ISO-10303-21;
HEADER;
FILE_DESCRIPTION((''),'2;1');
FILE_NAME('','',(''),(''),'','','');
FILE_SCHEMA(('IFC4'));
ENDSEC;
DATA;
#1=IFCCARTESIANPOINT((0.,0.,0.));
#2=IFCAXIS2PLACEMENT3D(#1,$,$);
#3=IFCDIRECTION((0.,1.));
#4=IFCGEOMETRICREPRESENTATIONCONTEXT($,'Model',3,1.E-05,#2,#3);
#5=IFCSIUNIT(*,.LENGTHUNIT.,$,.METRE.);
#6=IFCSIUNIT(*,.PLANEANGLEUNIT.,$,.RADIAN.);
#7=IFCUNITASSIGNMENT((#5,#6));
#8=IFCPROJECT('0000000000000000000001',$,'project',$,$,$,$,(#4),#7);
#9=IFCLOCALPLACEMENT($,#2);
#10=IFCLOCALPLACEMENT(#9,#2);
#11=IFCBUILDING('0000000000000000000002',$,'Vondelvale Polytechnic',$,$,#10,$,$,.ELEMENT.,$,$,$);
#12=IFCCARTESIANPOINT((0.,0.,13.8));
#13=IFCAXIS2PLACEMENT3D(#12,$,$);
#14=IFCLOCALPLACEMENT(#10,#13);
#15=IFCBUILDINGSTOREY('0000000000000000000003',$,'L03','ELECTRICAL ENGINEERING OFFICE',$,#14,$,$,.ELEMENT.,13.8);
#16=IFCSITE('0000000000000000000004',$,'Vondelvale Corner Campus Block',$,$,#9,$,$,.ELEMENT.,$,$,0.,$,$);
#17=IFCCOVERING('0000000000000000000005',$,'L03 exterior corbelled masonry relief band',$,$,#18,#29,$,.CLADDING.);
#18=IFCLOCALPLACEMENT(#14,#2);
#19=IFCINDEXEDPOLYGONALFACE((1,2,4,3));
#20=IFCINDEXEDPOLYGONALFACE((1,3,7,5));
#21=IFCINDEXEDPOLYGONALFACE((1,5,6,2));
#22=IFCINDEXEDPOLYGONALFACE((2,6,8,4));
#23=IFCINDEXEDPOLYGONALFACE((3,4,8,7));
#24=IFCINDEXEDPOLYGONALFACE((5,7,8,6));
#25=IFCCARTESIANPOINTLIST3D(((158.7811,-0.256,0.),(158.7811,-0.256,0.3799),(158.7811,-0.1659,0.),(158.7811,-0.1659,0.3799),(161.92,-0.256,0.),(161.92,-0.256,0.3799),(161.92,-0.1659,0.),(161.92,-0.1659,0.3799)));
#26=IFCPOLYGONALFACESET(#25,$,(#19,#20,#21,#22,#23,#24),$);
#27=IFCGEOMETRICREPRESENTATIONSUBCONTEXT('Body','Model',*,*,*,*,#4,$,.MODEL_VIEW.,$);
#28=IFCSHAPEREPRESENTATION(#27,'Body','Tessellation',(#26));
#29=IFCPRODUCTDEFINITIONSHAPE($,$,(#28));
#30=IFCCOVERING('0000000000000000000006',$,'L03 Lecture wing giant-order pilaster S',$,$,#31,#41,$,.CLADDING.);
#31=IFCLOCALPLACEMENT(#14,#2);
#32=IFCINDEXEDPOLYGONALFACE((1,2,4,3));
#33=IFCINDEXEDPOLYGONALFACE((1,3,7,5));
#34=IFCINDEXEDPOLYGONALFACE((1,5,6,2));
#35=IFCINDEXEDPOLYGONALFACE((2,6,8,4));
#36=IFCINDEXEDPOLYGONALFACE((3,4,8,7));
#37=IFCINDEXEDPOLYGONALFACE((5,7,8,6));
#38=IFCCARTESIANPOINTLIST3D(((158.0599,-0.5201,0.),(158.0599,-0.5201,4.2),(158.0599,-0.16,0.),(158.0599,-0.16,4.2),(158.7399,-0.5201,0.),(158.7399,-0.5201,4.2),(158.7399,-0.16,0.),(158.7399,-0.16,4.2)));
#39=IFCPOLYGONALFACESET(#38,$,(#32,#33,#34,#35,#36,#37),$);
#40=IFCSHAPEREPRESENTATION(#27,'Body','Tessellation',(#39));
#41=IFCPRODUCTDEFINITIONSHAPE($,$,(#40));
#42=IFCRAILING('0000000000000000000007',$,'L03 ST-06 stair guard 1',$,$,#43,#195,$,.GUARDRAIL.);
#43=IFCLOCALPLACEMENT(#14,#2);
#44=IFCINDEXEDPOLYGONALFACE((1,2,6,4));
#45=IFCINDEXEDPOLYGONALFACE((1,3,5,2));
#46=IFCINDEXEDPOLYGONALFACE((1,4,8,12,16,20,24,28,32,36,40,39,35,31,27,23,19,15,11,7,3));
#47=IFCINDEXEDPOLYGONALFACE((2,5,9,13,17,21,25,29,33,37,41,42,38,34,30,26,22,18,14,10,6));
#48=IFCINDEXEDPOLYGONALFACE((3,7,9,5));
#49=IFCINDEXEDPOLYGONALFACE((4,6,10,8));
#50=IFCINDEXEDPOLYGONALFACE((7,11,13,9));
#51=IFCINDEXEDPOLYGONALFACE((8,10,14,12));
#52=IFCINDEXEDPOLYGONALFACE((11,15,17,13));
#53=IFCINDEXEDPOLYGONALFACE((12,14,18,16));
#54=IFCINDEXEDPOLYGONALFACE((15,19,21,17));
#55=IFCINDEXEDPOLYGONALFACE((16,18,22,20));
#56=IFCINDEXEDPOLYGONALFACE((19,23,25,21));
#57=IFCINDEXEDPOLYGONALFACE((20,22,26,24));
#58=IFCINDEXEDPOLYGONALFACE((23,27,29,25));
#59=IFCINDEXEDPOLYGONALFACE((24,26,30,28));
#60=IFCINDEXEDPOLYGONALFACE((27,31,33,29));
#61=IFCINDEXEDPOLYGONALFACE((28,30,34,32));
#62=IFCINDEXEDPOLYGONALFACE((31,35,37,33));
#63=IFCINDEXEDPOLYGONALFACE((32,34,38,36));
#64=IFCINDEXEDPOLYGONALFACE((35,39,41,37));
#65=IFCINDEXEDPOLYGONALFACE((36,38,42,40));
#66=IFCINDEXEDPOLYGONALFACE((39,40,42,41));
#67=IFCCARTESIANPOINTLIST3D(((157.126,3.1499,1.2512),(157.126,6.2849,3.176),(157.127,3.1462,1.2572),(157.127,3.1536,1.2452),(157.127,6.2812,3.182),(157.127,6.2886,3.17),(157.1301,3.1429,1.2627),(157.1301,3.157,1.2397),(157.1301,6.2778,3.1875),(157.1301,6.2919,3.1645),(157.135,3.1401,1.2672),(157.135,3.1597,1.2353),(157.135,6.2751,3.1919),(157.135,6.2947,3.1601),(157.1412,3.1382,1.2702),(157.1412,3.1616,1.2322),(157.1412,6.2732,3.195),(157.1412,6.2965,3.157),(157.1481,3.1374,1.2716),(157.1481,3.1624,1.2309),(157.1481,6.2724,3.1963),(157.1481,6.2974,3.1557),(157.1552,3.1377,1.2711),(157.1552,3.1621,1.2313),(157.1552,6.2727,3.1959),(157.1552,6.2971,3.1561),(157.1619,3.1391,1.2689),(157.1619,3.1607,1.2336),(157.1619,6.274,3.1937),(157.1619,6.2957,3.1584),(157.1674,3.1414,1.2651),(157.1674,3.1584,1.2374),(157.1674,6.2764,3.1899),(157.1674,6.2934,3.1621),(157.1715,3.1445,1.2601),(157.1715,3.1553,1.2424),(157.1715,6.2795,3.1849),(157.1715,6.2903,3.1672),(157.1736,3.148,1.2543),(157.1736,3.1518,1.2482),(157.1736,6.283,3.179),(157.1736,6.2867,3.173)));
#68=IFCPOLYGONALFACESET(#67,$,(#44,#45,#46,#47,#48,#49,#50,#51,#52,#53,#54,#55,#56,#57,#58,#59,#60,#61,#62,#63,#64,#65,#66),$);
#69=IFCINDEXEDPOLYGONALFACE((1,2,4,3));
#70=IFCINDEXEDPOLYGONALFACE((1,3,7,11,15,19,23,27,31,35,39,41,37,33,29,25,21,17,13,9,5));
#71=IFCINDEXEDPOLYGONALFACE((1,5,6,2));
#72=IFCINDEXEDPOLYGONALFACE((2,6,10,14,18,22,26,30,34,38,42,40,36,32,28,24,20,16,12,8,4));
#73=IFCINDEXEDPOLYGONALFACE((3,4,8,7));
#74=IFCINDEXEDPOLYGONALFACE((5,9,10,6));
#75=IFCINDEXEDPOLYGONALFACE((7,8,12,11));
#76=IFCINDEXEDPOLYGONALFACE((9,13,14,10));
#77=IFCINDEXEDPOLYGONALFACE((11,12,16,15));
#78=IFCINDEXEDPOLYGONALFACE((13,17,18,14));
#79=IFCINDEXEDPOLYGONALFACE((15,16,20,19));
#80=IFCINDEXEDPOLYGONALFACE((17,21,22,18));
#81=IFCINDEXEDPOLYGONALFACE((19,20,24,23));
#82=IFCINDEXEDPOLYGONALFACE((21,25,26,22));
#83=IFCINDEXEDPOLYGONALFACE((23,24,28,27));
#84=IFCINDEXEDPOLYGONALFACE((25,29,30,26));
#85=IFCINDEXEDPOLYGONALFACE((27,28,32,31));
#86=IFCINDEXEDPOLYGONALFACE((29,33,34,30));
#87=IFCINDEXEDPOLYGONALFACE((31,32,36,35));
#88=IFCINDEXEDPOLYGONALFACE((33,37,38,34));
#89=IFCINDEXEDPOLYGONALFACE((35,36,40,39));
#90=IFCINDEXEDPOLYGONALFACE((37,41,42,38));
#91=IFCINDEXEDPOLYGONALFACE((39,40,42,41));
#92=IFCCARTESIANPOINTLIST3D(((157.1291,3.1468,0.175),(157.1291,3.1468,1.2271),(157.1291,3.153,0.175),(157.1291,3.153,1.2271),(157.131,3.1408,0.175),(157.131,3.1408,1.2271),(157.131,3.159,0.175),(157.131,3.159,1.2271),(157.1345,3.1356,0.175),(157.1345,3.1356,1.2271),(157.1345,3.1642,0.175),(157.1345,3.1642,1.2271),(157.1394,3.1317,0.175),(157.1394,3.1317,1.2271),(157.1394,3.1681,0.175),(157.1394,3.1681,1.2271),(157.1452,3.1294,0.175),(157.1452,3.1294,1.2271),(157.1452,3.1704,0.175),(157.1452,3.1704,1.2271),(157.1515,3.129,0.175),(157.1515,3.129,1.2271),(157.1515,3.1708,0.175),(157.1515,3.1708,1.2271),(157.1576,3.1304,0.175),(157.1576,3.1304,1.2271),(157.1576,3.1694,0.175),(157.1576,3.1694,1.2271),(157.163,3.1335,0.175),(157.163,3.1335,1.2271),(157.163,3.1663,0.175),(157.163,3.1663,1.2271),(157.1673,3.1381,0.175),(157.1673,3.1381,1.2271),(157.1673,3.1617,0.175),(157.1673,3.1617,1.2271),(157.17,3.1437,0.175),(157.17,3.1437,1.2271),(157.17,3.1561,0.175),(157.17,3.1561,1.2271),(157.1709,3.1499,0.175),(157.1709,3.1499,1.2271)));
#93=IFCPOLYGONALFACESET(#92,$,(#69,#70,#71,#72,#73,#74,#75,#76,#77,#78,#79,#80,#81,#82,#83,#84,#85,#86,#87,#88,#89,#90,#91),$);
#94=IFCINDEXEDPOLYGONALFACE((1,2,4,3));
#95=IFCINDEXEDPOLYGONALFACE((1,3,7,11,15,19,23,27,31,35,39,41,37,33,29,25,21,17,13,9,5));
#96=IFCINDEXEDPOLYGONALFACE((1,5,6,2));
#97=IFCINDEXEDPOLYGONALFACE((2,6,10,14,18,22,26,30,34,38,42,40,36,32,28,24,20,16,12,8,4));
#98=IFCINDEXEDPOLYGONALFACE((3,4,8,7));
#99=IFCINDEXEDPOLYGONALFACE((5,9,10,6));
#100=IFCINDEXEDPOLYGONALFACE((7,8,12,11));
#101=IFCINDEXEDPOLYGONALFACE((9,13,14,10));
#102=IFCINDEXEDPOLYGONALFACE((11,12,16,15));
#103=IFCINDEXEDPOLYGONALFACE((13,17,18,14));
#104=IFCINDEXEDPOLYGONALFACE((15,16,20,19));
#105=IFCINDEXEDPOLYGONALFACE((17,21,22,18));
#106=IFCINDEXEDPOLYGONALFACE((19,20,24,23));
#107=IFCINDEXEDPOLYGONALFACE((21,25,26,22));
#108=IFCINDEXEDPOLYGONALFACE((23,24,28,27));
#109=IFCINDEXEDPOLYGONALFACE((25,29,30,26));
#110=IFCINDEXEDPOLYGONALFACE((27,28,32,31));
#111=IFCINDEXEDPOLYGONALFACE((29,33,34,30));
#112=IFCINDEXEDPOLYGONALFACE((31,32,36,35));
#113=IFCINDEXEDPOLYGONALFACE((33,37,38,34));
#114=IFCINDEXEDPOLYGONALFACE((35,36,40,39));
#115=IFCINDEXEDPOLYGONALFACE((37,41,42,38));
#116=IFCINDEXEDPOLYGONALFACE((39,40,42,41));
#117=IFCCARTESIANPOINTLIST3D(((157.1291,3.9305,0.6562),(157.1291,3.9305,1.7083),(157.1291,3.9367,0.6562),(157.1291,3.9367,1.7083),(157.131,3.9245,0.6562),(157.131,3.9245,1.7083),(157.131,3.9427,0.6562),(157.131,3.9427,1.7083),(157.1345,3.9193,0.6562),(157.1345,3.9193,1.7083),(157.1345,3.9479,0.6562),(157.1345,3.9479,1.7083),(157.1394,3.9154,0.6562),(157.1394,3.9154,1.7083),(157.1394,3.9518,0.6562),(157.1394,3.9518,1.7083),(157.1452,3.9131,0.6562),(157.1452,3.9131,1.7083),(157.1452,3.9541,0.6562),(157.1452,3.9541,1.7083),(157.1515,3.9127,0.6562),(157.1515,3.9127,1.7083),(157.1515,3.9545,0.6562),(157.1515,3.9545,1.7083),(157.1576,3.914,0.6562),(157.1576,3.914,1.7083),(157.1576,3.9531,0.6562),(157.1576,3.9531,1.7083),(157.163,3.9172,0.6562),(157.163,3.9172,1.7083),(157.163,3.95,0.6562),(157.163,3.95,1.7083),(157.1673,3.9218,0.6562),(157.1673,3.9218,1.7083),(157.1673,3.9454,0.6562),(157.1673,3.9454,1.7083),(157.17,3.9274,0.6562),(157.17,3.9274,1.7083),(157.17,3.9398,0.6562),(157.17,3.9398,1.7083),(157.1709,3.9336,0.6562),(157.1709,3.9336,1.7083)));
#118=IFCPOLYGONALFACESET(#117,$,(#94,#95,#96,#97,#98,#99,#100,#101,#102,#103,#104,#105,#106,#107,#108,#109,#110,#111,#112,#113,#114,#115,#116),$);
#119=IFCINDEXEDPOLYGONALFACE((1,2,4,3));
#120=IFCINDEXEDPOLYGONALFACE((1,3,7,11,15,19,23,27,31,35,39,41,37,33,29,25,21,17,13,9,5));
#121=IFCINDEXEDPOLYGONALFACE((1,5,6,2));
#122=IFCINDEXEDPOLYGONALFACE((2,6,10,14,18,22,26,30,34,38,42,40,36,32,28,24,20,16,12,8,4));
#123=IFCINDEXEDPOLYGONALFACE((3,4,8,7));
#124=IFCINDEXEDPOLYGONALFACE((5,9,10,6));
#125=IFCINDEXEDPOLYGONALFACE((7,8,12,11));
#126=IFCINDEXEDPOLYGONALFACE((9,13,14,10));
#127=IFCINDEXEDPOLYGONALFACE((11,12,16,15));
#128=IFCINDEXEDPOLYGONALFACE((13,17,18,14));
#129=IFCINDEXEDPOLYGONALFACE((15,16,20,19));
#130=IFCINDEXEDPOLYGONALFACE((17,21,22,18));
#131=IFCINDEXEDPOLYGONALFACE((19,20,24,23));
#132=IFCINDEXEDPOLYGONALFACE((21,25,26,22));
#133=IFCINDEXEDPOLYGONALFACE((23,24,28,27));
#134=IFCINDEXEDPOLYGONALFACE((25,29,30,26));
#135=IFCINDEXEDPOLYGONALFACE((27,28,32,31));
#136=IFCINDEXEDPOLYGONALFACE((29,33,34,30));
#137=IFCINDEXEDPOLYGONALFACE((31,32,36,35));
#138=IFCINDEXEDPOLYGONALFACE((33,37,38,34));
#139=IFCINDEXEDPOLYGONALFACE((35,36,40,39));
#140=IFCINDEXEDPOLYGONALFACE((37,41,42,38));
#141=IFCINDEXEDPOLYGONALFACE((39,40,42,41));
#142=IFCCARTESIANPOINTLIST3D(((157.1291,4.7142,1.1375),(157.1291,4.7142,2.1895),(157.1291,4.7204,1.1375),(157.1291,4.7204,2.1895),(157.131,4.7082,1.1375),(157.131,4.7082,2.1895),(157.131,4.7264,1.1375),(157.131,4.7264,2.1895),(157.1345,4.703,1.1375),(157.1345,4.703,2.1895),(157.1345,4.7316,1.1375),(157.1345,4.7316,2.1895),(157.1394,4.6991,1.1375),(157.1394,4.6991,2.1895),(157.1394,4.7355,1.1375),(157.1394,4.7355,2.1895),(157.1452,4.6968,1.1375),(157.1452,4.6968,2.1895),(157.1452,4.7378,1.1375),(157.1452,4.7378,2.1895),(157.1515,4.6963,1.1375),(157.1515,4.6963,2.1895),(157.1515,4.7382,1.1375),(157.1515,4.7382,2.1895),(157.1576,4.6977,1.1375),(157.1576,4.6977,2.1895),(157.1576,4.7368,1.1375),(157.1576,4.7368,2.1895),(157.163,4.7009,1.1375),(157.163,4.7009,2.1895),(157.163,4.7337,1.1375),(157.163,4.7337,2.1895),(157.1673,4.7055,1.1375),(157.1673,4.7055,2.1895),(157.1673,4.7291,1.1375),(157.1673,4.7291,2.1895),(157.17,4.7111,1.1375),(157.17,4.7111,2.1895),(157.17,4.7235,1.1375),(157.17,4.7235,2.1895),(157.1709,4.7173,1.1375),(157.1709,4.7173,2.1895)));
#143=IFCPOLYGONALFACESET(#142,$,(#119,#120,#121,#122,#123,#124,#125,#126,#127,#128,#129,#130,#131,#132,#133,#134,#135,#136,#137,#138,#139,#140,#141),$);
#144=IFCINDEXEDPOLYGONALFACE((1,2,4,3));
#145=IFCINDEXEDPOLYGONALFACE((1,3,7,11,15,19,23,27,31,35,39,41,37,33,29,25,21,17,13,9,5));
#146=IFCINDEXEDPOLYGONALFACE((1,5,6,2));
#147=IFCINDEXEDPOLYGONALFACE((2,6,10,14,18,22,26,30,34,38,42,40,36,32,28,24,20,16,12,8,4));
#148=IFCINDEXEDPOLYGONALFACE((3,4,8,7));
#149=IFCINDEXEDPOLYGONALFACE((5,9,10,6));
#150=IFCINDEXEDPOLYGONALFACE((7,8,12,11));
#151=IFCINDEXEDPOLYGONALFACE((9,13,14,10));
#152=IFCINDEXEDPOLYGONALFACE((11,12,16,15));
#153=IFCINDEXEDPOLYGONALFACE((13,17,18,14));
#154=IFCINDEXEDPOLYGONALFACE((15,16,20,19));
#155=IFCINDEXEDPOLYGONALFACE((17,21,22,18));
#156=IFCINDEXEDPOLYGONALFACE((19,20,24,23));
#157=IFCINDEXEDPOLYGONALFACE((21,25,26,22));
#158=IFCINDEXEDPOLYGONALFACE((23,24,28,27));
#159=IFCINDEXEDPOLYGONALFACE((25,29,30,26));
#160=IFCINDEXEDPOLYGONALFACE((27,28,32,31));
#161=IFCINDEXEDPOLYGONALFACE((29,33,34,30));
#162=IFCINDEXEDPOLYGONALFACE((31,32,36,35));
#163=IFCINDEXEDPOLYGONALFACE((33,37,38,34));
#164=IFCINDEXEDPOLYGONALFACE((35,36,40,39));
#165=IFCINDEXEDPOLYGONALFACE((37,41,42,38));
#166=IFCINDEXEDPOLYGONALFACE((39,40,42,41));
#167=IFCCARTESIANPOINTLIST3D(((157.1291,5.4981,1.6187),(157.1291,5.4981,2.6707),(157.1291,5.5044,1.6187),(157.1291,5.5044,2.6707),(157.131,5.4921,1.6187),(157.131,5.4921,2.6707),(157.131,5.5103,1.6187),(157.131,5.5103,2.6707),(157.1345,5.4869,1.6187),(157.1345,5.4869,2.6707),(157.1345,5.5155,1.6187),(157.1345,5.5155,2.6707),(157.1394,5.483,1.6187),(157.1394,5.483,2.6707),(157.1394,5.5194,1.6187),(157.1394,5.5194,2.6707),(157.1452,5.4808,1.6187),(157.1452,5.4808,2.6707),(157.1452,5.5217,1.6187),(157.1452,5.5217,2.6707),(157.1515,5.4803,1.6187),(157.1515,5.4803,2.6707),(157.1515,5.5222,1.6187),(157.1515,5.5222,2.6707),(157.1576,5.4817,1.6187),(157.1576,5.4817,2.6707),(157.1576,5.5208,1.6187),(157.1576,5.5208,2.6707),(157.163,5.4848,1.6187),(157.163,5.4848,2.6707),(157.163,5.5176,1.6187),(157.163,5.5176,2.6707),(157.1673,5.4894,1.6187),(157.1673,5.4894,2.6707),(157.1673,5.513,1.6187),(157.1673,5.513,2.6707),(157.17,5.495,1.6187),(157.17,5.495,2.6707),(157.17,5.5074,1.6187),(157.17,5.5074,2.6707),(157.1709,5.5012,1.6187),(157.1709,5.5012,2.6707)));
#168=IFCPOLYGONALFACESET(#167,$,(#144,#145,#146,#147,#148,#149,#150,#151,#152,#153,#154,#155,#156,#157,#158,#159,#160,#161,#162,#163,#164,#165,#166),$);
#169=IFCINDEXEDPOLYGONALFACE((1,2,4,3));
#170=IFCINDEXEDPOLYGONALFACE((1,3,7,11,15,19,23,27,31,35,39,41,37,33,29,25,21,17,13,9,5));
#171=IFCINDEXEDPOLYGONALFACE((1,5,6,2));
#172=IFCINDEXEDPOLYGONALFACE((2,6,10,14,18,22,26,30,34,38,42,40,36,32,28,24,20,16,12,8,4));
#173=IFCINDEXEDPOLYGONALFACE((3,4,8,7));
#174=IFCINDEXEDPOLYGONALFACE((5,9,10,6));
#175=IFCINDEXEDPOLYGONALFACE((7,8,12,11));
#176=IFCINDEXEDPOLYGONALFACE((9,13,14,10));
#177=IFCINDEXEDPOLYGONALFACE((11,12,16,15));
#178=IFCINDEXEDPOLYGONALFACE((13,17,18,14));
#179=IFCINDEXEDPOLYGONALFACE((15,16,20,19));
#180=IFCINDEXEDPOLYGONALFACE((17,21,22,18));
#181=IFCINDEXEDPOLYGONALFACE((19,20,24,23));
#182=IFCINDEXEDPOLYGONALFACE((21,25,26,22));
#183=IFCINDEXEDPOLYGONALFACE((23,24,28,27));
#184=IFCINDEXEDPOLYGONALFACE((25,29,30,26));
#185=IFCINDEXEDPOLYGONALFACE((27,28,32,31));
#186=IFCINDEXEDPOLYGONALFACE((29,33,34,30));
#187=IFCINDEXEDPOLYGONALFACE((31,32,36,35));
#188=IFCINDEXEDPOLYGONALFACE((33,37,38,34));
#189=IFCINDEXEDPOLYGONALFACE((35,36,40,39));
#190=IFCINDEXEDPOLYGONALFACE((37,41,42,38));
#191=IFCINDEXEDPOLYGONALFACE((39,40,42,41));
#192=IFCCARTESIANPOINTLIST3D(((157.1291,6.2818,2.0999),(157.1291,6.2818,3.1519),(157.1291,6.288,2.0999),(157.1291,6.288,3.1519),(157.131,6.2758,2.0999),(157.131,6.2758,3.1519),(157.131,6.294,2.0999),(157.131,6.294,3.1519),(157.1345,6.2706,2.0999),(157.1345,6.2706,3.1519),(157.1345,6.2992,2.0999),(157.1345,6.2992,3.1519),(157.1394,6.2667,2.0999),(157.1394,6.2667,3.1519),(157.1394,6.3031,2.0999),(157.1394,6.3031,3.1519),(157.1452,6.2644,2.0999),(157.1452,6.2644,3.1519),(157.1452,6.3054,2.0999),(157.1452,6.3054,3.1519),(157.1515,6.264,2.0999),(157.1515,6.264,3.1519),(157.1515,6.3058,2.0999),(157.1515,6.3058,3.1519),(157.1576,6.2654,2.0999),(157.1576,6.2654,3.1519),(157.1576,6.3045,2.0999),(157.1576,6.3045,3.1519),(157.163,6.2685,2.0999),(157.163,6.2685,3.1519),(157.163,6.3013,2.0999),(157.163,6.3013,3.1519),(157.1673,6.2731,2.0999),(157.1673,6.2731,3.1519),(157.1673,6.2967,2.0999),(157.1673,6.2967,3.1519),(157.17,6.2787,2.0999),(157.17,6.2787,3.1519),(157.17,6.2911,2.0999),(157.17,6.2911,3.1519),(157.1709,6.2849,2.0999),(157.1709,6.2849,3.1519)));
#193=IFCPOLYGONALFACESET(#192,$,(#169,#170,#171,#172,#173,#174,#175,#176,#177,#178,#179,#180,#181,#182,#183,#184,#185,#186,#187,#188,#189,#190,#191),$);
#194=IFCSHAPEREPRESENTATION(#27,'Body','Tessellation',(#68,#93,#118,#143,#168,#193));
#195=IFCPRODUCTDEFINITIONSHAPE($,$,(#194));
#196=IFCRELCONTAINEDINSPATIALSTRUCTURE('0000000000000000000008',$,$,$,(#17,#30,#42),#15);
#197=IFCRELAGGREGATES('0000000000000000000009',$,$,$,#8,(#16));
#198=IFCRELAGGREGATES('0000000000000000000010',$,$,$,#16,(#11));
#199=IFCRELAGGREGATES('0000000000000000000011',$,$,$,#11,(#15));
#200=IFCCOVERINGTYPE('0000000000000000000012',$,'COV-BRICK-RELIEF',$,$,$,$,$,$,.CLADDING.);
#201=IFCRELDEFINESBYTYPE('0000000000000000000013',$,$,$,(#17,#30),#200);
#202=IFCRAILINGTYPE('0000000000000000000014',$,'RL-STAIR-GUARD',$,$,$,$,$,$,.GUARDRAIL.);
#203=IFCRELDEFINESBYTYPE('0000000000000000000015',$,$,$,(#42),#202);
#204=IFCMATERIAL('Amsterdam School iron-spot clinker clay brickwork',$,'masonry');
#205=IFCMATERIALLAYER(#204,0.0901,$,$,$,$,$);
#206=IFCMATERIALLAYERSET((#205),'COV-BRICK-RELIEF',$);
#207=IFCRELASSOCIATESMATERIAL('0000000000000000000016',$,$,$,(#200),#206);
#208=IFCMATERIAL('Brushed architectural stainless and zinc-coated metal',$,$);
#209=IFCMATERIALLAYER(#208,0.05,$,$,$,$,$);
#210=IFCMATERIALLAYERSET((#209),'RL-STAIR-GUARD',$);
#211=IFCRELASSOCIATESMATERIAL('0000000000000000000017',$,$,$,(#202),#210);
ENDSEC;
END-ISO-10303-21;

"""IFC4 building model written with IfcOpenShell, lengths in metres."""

from ifc_helpers import new_model, si_unit, direction, frame, origin, origin_2d, place, context, subcontext, project, spatial, rectangle, circle, extrude, material, layer, layer_set, type_object, element, save


model = new_model("IFC4")

# Units and contexts
model_context = context("Model", 3, precision=1e-05, world=origin(), true_north=direction((0.0, 1.0)))
body_context = subcontext(model_context, "Body", "Model", "MODEL_VIEW")
ifc_project = project(units=[si_unit("LENGTHUNIT", "METRE"), si_unit("PLANEANGLEUNIT", "RADIAN")], contexts=[model_context])

# Site, building, storey
site_placement = place(None, origin())
site = spatial("IfcSite", under=ifc_project, at=site_placement, Name="Vondelvale Corner Campus Block", CompositionType="ELEMENT", RefElevation=0.0)
building_placement = place(site_placement, origin())
building = spatial("IfcBuilding", under=site, at=building_placement, Name="Vondelvale Polytechnic", CompositionType="ELEMENT")
storey_placement = place(building_placement, frame((0.0, 0.0, 13.8)))
storey = spatial("IfcBuildingStorey", under=building, at=storey_placement, Name="L03", Description="ELECTRICAL ENGINEERING OFFICE", CompositionType="ELEMENT", Elevation=13.8)

# Shared definitions
ifc_material_1 = material(Name="Amsterdam School iron-spot clinker clay brickwork", Category="masonry")

# Shared definitions
ifc_material_2 = material(Name="Brushed architectural stainless and zinc-coated metal")

# Coverings
ifc_layer_1 = layer(ifc_material_1, 0.0901)
ifc_layer_set_1 = layer_set([ifc_layer_1], Name="COV-BRICK-RELIEF")
covering_type = type_object("IfcCoveringType", Name="COV-BRICK-RELIEF", PredefinedType="CLADDING", material=ifc_layer_set_1)
covering_1_placement = place(storey_placement, frame((160.3506, -0.2109, 0.0), z_axis=(0.0, 0.0, 1.0), x_axis=(-1.0, 0.0, 0.0)))
element("IfcCovering", 1, at=covering_1_placement, inside=storey, type_object=covering_type, Name="L03 exterior corbelled masonry relief band", PredefinedType="CLADDING", context=body_context, shape_type="SweptSolid", body=[
    extrude(rectangle(XDim=3.1389, YDim=0.0901, at=origin_2d()), origin(), (0.0, 0.0, 1.0), 0.3799),
])
covering_2_placement = place(storey_placement, frame((158.3999, -0.3401, 0.0), z_axis=(0.0, 0.0, 1.0), x_axis=(1.0, 0.0, 0.0)))
element("IfcCovering", 2, at=covering_2_placement, inside=storey, type_object=covering_type, Name="L03 Lecture wing giant-order pilaster S", PredefinedType="CLADDING", context=body_context, shape_type="SweptSolid", body=[
    extrude(rectangle(XDim=0.6799, YDim=0.3601, at=origin_2d()), origin(), (0.0, 0.0, 1.0), 4.2),
])

# Railing
ifc_layer_2 = layer(ifc_material_2, 0.05)
ifc_layer_set_2 = layer_set([ifc_layer_2], Name="RL-STAIR-GUARD")
railing_type_1 = type_object("IfcRailingType", Name="RL-STAIR-GUARD", PredefinedType="GUARDRAIL", material=ifc_layer_set_2)
railing_1_placement = place(storey_placement, frame((157.1499, 3.1499, 0.175)))
element("IfcRailing", 3, at=railing_1_placement, inside=storey, type_object=railing_type_1, Name="L03 ST-06 stair guard 1", PredefinedType="GUARDRAIL", context=body_context, shape_type="SweptSolid", body=[
    extrude(circle(Radius=0.0239, at=origin_2d()), frame((0.0, 0.0, 1.0762), z_axis=(0.0, 0.852196, 0.523223), x_axis=(-1.0, 0.0, 0.0)), (0.0, 0.0, 1.0), 3.6787),
    extrude(circle(Radius=0.021, at=origin_2d()), origin(), (0.0, 0.0, 1.0), 1.052),
    extrude(circle(Radius=0.021, at=origin_2d()), frame((0.0, 0.7837, 0.4812)), (0.0, 0.0, 1.0), 1.052),
    extrude(circle(Radius=0.021, at=origin_2d()), frame((0.0, 1.5674, 0.9624)), (0.0, 0.0, 1.0), 1.052),
    extrude(circle(Radius=0.021, at=origin_2d()), frame((0.0, 2.3513, 1.4436)), (0.0, 0.0, 1.0), 1.052),
    extrude(circle(Radius=0.021, at=origin_2d()), frame((0.0, 3.135, 1.9248)), (0.0, 0.0, 1.0), 1.052),
])

save(model, "model.ifc")
